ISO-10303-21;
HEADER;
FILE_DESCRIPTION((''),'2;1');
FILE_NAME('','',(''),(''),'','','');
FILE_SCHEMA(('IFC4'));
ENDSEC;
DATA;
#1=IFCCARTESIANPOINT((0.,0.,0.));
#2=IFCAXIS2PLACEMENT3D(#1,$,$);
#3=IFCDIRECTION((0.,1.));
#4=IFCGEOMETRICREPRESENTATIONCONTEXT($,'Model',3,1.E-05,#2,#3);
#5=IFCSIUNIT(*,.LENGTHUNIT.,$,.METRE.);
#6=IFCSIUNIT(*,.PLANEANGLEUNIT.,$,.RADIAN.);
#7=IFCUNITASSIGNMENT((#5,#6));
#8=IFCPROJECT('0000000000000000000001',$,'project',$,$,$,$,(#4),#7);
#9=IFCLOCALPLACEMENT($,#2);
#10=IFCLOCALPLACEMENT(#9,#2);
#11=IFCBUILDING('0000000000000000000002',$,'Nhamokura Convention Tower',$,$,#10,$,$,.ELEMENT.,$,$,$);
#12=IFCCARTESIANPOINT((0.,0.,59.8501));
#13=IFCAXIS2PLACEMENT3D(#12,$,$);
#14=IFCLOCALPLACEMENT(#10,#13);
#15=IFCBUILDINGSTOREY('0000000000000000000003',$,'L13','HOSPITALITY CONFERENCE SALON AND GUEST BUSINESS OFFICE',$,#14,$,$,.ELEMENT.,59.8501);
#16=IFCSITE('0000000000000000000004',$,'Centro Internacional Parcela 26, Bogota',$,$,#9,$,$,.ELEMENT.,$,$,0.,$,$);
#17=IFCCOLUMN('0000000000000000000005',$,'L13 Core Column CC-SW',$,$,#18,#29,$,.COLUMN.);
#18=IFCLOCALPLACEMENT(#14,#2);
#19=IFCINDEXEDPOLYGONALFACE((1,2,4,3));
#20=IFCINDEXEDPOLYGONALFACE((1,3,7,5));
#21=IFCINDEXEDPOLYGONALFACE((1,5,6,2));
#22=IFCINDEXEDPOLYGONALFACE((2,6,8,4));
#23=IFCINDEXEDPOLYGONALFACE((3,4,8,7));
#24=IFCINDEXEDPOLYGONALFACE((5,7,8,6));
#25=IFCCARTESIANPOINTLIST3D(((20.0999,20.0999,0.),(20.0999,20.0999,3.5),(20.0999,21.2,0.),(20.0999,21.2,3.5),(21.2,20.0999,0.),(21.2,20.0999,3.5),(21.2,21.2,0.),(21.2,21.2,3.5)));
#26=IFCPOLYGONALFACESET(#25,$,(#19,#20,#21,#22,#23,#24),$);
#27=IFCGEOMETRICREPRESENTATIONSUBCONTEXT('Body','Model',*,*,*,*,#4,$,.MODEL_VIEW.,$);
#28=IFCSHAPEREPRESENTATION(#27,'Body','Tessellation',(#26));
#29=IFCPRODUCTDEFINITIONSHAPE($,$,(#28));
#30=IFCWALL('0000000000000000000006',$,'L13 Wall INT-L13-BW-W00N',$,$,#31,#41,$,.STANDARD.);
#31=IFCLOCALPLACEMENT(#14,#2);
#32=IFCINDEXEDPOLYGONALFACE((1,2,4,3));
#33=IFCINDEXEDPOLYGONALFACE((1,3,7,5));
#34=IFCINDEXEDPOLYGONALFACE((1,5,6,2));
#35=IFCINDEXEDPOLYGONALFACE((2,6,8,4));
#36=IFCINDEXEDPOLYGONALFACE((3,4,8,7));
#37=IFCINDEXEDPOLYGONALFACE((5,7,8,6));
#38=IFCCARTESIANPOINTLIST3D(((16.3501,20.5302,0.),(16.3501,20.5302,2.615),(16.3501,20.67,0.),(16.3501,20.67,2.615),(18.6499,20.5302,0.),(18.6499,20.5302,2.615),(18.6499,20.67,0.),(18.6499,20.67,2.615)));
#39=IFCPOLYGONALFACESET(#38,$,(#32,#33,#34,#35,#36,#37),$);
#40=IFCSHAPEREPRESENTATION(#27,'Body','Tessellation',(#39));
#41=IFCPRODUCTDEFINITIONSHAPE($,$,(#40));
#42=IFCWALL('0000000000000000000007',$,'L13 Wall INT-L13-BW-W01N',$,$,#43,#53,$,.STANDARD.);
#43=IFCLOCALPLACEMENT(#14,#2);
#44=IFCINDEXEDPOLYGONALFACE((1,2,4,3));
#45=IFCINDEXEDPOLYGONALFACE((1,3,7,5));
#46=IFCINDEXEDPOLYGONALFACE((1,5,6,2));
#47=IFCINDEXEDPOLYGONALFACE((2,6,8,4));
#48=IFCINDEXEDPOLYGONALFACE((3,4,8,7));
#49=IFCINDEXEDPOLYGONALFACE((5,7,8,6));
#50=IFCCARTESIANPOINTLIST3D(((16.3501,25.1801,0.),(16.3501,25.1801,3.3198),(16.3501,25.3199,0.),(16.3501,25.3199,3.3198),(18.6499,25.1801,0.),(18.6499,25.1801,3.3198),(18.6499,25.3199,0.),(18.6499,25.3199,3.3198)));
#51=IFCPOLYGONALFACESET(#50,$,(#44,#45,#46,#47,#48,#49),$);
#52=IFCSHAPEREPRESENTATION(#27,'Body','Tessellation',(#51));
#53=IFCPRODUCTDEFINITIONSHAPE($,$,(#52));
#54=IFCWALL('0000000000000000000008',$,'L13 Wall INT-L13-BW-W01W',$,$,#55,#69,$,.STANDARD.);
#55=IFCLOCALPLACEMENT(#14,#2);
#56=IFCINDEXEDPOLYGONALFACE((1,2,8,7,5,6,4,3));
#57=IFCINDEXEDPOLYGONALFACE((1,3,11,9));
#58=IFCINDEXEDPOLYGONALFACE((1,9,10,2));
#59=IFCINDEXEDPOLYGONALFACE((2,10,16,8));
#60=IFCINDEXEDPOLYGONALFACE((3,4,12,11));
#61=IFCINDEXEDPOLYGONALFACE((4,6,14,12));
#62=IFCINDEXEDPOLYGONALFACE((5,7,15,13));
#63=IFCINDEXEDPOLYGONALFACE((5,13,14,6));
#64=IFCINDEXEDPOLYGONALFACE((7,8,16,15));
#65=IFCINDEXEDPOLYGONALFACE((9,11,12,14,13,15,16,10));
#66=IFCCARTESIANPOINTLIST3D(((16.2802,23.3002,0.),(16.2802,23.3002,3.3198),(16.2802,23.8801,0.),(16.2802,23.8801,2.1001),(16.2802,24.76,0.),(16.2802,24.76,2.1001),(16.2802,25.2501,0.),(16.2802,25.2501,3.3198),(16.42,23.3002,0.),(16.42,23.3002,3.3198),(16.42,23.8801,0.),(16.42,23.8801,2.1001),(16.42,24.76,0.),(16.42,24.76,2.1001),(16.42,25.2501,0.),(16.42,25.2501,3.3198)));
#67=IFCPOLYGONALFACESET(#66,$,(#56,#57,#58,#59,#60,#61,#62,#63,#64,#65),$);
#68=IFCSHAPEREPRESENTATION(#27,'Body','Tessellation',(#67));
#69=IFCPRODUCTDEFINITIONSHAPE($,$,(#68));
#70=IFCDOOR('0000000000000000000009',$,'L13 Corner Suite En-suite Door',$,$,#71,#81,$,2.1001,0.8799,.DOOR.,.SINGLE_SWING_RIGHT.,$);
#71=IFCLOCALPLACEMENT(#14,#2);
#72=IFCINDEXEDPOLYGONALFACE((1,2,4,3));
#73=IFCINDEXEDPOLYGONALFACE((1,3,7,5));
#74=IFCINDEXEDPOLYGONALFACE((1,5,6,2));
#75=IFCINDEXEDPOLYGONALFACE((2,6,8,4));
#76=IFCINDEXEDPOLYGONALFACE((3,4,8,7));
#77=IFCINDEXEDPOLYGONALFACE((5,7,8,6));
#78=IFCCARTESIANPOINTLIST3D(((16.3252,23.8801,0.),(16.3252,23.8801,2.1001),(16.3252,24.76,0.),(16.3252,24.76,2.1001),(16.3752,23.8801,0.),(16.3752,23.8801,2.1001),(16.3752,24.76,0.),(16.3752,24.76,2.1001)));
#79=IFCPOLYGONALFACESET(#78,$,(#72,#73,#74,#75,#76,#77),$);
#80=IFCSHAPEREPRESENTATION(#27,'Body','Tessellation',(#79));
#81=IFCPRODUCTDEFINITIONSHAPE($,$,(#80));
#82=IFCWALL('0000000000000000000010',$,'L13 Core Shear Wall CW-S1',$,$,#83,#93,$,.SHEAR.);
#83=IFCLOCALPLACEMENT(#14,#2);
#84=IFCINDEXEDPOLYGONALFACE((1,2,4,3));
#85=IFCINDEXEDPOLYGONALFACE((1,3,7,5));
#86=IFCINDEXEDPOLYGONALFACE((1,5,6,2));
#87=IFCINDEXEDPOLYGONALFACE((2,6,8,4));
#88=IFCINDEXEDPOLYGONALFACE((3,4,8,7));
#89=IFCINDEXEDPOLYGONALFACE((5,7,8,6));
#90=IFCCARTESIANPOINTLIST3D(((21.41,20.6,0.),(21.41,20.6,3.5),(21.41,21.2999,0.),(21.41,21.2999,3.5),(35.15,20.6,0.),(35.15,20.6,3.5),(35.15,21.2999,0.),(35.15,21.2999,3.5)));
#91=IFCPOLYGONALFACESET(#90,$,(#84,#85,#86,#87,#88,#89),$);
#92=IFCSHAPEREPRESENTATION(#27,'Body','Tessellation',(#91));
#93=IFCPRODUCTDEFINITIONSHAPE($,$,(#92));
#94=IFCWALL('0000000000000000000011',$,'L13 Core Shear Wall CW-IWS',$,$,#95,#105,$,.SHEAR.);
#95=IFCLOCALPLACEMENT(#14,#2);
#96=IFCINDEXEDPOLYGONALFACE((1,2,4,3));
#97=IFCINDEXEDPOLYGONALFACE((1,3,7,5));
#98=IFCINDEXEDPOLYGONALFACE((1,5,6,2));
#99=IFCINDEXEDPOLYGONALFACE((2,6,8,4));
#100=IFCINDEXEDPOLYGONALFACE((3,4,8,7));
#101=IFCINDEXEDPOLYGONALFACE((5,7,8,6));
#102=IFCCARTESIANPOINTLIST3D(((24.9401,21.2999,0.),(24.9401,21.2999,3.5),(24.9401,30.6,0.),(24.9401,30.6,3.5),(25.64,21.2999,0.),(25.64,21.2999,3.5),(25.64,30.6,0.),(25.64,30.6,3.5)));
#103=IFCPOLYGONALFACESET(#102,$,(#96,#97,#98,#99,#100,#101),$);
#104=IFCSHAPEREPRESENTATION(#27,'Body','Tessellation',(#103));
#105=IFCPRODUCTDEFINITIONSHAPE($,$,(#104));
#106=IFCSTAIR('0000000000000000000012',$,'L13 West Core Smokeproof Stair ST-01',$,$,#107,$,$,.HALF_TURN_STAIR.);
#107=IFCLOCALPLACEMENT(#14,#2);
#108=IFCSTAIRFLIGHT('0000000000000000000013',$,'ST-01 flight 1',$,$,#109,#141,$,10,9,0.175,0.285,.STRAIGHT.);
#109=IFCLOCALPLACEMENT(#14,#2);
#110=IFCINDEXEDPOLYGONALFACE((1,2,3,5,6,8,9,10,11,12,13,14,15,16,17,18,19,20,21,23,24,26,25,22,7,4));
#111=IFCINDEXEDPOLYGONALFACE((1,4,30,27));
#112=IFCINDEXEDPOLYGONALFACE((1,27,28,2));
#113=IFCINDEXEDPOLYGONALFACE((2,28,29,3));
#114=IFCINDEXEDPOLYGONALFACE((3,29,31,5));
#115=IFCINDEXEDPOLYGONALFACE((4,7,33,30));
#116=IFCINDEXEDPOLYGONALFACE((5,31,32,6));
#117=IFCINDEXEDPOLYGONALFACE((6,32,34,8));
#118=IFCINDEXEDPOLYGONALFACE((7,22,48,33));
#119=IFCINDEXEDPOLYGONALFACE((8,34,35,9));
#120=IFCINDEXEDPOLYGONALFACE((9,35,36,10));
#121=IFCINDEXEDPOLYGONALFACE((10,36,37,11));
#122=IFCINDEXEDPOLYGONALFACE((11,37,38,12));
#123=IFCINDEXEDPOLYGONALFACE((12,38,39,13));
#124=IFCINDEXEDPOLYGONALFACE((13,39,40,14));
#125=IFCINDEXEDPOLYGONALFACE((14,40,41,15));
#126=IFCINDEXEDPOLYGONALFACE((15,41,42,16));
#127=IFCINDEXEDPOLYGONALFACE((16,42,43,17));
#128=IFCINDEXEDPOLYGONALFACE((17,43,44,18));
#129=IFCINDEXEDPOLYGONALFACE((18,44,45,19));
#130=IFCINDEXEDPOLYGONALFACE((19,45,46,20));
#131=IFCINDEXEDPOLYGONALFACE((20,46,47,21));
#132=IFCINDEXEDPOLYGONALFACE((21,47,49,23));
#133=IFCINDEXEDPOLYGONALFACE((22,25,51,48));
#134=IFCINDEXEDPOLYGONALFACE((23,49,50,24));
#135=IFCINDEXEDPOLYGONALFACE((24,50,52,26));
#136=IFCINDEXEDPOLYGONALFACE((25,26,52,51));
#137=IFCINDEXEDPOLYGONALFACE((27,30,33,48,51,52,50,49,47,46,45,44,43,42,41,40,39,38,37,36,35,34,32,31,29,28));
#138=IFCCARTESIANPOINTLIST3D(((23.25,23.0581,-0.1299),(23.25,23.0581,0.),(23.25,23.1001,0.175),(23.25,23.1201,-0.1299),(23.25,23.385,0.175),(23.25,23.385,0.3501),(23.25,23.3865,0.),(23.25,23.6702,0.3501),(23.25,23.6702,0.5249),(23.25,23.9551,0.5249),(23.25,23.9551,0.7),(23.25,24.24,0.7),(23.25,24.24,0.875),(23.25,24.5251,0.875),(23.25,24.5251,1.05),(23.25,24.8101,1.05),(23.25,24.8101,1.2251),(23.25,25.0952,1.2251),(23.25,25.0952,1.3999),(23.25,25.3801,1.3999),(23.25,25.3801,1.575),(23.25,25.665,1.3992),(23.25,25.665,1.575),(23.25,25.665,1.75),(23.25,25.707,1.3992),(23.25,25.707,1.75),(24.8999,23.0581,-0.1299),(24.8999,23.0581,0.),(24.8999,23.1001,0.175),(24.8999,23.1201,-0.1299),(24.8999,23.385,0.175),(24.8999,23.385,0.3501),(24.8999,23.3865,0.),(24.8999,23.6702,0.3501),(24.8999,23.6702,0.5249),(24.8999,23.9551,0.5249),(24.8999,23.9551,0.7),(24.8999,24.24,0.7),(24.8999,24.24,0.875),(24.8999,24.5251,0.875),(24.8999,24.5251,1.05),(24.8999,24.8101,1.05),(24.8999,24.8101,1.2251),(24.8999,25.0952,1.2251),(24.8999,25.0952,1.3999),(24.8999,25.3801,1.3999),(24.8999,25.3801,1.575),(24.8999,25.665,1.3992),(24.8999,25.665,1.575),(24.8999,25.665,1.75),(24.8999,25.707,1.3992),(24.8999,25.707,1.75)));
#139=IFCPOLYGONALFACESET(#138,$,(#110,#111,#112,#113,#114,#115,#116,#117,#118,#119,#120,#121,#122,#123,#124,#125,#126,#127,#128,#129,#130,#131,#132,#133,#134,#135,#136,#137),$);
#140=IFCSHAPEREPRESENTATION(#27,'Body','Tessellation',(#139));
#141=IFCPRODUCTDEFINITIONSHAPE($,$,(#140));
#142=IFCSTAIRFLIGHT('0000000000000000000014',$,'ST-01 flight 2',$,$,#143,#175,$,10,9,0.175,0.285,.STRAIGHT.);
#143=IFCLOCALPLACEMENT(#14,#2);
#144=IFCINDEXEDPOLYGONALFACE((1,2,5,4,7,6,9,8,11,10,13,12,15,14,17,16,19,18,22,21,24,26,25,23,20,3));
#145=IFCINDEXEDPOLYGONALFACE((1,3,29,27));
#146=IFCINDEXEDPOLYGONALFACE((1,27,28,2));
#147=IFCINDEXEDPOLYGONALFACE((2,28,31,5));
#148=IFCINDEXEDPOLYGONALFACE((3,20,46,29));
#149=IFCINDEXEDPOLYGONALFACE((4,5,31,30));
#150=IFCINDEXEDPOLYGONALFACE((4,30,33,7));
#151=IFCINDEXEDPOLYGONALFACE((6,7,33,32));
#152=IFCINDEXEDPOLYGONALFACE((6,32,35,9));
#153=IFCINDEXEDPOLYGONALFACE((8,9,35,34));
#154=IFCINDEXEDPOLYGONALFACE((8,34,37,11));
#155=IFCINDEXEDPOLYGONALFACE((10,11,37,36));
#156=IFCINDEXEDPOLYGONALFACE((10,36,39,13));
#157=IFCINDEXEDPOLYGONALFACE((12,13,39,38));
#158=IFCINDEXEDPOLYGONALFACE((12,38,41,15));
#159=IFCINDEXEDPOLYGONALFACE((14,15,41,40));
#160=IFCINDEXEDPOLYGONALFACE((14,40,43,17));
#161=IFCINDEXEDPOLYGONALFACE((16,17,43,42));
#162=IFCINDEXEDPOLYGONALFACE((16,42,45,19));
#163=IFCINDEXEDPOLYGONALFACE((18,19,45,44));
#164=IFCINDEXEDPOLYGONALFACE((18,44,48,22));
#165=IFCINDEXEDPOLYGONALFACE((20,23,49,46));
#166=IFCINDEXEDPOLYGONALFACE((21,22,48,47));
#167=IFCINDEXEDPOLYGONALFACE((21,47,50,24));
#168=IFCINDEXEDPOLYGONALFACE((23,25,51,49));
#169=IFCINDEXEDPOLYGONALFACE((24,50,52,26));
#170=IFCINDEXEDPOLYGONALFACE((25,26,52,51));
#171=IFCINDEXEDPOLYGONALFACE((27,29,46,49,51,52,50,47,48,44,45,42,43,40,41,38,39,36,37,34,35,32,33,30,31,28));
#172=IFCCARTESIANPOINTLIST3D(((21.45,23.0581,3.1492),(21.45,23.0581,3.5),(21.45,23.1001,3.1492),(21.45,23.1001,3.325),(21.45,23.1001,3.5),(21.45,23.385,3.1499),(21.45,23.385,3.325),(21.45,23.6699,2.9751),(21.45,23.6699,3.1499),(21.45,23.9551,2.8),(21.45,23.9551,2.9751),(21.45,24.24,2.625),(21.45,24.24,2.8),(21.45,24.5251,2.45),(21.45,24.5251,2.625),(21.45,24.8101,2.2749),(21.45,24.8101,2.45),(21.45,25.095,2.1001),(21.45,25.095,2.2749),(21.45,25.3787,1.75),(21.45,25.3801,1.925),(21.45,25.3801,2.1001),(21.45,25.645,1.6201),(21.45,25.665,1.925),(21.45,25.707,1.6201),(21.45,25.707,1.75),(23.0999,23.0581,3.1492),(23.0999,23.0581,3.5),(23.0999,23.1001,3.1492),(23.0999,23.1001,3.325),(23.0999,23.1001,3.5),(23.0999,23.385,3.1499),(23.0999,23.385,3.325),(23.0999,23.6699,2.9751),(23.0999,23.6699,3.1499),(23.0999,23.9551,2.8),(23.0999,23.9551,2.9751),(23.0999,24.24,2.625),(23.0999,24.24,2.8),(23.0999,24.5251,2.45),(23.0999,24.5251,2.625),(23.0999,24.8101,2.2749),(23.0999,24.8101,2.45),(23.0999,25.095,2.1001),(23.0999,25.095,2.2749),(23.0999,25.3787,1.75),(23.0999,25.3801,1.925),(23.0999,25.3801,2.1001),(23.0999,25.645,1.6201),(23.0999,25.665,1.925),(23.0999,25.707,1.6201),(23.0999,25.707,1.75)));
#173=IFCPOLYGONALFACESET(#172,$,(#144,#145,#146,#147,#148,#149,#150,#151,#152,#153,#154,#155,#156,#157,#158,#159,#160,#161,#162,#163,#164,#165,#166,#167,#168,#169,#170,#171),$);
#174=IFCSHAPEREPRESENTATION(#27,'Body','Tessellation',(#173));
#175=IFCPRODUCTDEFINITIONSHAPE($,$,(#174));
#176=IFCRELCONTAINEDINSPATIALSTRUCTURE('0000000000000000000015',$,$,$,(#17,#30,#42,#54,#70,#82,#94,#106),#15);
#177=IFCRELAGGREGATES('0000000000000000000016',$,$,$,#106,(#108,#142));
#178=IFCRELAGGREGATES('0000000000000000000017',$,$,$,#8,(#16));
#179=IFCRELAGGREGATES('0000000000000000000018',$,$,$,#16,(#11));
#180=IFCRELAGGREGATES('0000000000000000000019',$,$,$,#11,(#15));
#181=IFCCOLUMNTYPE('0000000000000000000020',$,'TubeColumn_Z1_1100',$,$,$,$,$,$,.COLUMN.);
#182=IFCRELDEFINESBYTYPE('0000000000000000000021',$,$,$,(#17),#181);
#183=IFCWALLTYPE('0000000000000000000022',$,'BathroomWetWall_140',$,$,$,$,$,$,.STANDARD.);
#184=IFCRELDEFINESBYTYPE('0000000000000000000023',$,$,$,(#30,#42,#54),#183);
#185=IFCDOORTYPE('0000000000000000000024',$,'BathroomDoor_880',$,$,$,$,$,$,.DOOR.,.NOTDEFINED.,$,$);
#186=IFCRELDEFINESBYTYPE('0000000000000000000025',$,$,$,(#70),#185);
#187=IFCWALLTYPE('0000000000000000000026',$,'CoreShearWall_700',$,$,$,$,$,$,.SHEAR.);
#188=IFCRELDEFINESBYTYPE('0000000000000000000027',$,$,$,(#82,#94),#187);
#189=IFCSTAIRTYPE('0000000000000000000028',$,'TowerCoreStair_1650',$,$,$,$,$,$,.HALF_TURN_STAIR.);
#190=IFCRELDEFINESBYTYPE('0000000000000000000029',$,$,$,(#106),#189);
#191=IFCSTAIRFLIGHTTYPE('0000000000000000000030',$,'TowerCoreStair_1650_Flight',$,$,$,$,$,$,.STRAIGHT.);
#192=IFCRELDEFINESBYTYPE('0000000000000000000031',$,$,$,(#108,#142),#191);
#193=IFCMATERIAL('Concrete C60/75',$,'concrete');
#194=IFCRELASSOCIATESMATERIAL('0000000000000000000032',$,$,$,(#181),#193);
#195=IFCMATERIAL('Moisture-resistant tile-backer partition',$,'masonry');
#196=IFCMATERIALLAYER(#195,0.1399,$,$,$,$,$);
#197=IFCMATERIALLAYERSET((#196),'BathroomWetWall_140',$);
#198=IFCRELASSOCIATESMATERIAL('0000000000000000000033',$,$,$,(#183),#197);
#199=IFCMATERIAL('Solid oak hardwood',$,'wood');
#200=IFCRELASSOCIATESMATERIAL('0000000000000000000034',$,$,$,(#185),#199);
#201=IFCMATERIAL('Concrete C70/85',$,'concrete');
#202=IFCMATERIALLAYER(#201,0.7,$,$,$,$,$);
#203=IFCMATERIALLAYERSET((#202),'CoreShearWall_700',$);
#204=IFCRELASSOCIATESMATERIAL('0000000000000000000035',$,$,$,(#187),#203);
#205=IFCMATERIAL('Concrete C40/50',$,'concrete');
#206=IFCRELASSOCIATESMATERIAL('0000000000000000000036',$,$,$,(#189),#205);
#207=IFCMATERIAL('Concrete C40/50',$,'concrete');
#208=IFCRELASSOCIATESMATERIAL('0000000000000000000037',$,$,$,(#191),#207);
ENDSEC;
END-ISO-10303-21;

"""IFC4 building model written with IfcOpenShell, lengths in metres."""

from ifc_helpers import new_model, si_unit, direction, frame, frame_2d, origin, origin_2d, place, context, subcontext, project, spatial, polyline, rectangle, outline, extrude, material, layer, layer_set, material_profile, profile_set, type_object, element, fill, aggregate, save


model = new_model("IFC4")

# Units and contexts
model_context = context("Model", 3, precision=1e-05, world=origin(), true_north=direction((0.0, 1.0)))
body_context = subcontext(model_context, "Body", "Model", "MODEL_VIEW")
ifc_project = project(units=[si_unit("LENGTHUNIT", "METRE"), si_unit("PLANEANGLEUNIT", "RADIAN")], contexts=[model_context])

# Site, building, storey
site_placement = place(None, origin())
site = spatial("IfcSite", under=ifc_project, at=site_placement, Name="Centro Internacional Parcela 26, Bogota", CompositionType="ELEMENT", RefElevation=0.0)
building_placement = place(site_placement, origin())
building = spatial("IfcBuilding", under=site, at=building_placement, Name="Nhamokura Convention Tower", CompositionType="ELEMENT")
storey_placement = place(building_placement, frame((0.0, 0.0, 59.8501)))
storey = spatial("IfcBuildingStorey", under=building, at=storey_placement, Name="L13", Description="HOSPITALITY CONFERENCE SALON AND GUEST BUSINESS OFFICE", CompositionType="ELEMENT", Elevation=59.8501)

# Column
ifc_material_1 = material(Name="Concrete C60/75", Category="concrete")
ifc_material_profile = material_profile(ifc_material_1, rectangle(XDim=1.1001, YDim=1.1001, at=origin_2d()))
ifc_profile_set = profile_set([ifc_material_profile], Name="Concrete C60/75")
column_type = type_object("IfcColumnType", Name="TubeColumn_Z1_1100", PredefinedType="COLUMN", material=ifc_profile_set)
column_placement = place(storey_placement, frame((20.6499, 20.6499, 0.0), z_axis=(0.0, 0.0, 1.0), x_axis=(1.0, 0.0, 0.0)))
element("IfcColumn", 1, at=column_placement, inside=storey, type_object=column_type, Name="L13 Core Column CC-SW", PredefinedType="COLUMN", context=body_context, shape_type="SweptSolid", body=[
    extrude(rectangle(XDim=1.1001, YDim=1.1001, at=origin_2d()), origin(), (0.0, 0.0, 1.0), 3.5),
])

# Walls
ifc_material_2 = material(Name="Moisture-resistant tile-backer partition", Category="masonry")
ifc_layer_1 = layer(ifc_material_2, 0.1399)
ifc_layer_set_1 = layer_set([ifc_layer_1], Name="BathroomWetWall_140")
wall_type_1 = type_object("IfcWallType", Name="BathroomWetWall_140", PredefinedType="STANDARD", material=ifc_layer_set_1)
wall_1_placement = place(storey_placement, frame((16.3501, 20.6001, 0.0), z_axis=(0.0, 0.0, 1.0), x_axis=(1.0, 0.0, 0.0)))
element("IfcWall", 2, at=wall_1_placement, inside=storey, type_object=wall_type_1, Name="L13 Wall INT-L13-BW-W00N", PredefinedType="STANDARD", context=body_context, shape_type="SweptSolid", body=[
    extrude(rectangle(XDim=2.2998, YDim=0.1399, at=frame_2d((1.1499, 0.0))), origin(), (0.0, 0.0, 1.0), 2.615),
])
wall_2_placement = place(storey_placement, frame((16.3501, 25.25, 0.0), z_axis=(0.0, 0.0, 1.0), x_axis=(1.0, 0.0, 0.0)))
element("IfcWall", 3, at=wall_2_placement, inside=storey, type_object=wall_type_1, Name="L13 Wall INT-L13-BW-W01N", PredefinedType="STANDARD", context=body_context, shape_type="SweptSolid", body=[
    extrude(rectangle(XDim=2.2998, YDim=0.1399, at=frame_2d((1.1499, 0.0))), origin(), (0.0, 0.0, 1.0), 3.3198),
])

# Wall, opening, door
wall_3_placement = place(storey_placement, frame((16.3501, 23.3, 0.0), z_axis=(0.0, 0.0, 1.0), x_axis=(0.0, 1.0, 0.0)))
wall_3 = element("IfcWall", 4, at=wall_3_placement, inside=storey, type_object=wall_type_1, Name="L13 Wall INT-L13-BW-W01W", PredefinedType="STANDARD", context=body_context, shape_type="SweptSolid", body=[
    extrude(rectangle(XDim=1.95, YDim=0.1399, at=frame_2d((0.9751, 0.0))), origin(), (0.0, 0.0, 1.0), 3.3198),
])
opening_1_placement = place(wall_3_placement, frame((0.5801, 0.0, 0.0)))
opening_1 = element("IfcOpeningElement", 5, at=opening_1_placement, cuts=wall_3, PredefinedType="OPENING", context=body_context, shape_type="SweptSolid", body=[
    extrude(rectangle(XDim=0.8799, YDim=2.1001, at=frame_2d((0.4399, 1.05))), frame((0.0, 0.0798, 0.0), z_axis=(0.0, -1.0, 0.0), x_axis=(1.0, 0.0, 0.0)), (0.0, 0.0, 1.0), 0.1599),
])
ifc_material_3 = material(Name="Solid oak hardwood", Category="wood")
door_type_1 = type_object("IfcDoorType", Name="BathroomDoor_880", OperationType="NOTDEFINED", PredefinedType="DOOR", material=ifc_material_3)
door_1_placement = place(opening_1_placement, origin())
door_1 = element("IfcDoor", 6, at=door_1_placement, inside=storey, type_object=door_type_1, Name="L13 Corner Suite En-suite Door", OperationType="SINGLE_SWING_RIGHT", OverallHeight=2.1001, OverallWidth=0.8799, PredefinedType="DOOR", context=body_context, shape_type="SweptSolid", body=[
    extrude(rectangle(XDim=0.8799, YDim=2.1001, at=frame_2d((0.4399, 1.05))), frame((0.0, 0.0249, 0.0), z_axis=(0.0, -1.0, 0.0), x_axis=(1.0, 0.0, 0.0)), (0.0, 0.0, 1.0), 0.05),
])
fill(opening_1, door_1)
ifc_material_4 = material(Name="Concrete C70/85", Category="concrete")
ifc_layer_2 = layer(ifc_material_4, 0.7)
ifc_layer_set_2 = layer_set([ifc_layer_2], Name="CoreShearWall_700")
wall_type_2 = type_object("IfcWallType", Name="CoreShearWall_700", PredefinedType="SHEAR", material=ifc_layer_set_2)

# Walls
wall_4_placement = place(storey_placement, frame((21.4099, 20.95, 0.0), z_axis=(0.0, 0.0, 1.0), x_axis=(1.0, 0.0, 0.0)))
element("IfcWall", 7, at=wall_4_placement, inside=storey, type_object=wall_type_2, Name="L13 Core Shear Wall CW-S1", PredefinedType="SHEAR", context=body_context, shape_type="SweptSolid", body=[
    extrude(rectangle(XDim=13.74, YDim=0.7, at=frame_2d((6.8701, 0.0))), origin(), (0.0, 0.0, 1.0), 3.5),
])
wall_5_placement = place(storey_placement, frame((25.29, 21.3, 0.0), z_axis=(0.0, 0.0, 1.0), x_axis=(0.0, 1.0, 0.0)))
element("IfcWall", 8, at=wall_5_placement, inside=storey, type_object=wall_type_2, Name="L13 Core Shear Wall CW-IWS", PredefinedType="SHEAR", context=body_context, shape_type="SweptSolid", body=[
    extrude(rectangle(XDim=9.3, YDim=0.7, at=frame_2d((4.6499, 0.0))), origin(), (0.0, 0.0, 1.0), 3.5),
])

# Stair, stair flights
ifc_material_5 = material(Name="Concrete C40/50", Category="concrete")
stair_type = type_object("IfcStairType", Name="TowerCoreStair_1650", PredefinedType="HALF_TURN_STAIR", material=ifc_material_5)
stair_placement = place(storey_placement, origin())
stair = element("IfcStair", 9, at=stair_placement, inside=storey, type_object=stair_type, Name="L13 West Core Smokeproof Stair ST-01", PredefinedType="HALF_TURN_STAIR")
ifc_material_6 = material(Name="Concrete C40/50", Category="concrete")
stair_flight_type = type_object("IfcStairFlightType", Name="TowerCoreStair_1650_Flight", PredefinedType="STRAIGHT", material=ifc_material_6)
stair_flight_1_placement = place(storey_placement, frame((24.075, 23.1001, 0.0), z_axis=(0.0, 0.0, 1.0), x_axis=(0.0, 1.0, 0.0)))
stair_flight_1 = element("IfcStairFlight", 10, at=stair_flight_1_placement, type_object=stair_flight_type, Name="ST-01 flight 1", NumberOfRisers=10, NumberOfTreads=9, PredefinedType="STRAIGHT", RiserHeight=0.175, TreadLength=0.285, context=body_context, shape_type="SweptSolid", body=[
    extrude(outline(polyline([(-0.042, 0.0), (0.0, 0.175), (0.2849, 0.175), (0.2849, 0.3501), (0.5701, 0.3501), (0.5701, 0.5249), (0.855, 0.5249), (0.855, 0.7), (1.1399, 0.7), (1.1399, 0.875), (1.425, 0.875), (1.425, 1.05), (1.71, 1.05), (1.71, 1.2251), (1.9951, 1.2251), (1.9951, 1.3999), (2.28, 1.3999), (2.28, 1.575), (2.5649, 1.575), (2.5649, 1.75), (2.6069, 1.75), (2.6069, 1.3992), (2.5649, 1.3992), (0.2864, 0.0), (0.02, -0.1299), (-0.042, -0.1299), (-0.042, 0.0)])), frame((0.0, 0.825, 0.0), z_axis=(0.0, -1.0, 0.0), x_axis=(1.0, 0.0, 0.0)), (0.0, 0.0, 1.0), 1.6499),
])
stair_flight_2_placement = place(storey_placement, frame((22.2749, 25.665, 1.75), z_axis=(0.0, 0.0, 1.0), x_axis=(0.0, -1.0, 0.0)))
stair_flight_2 = element("IfcStairFlight", 11, at=stair_flight_2_placement, type_object=stair_flight_type, Name="ST-01 flight 2", NumberOfRisers=10, NumberOfTreads=9, PredefinedType="STRAIGHT", RiserHeight=0.175, TreadLength=0.285, context=body_context, shape_type="SweptSolid", body=[
    extrude(outline(polyline([(-0.042, 0.0), (0.0, 0.175), (0.2849, 0.175), (0.2849, 0.3501), (0.5701, 0.3501), (0.5701, 0.5249), (0.855, 0.5249), (0.855, 0.7), (1.1399, 0.7), (1.1399, 0.875), (1.425, 0.875), (1.425, 1.05), (1.71, 1.05), (1.71, 1.2251), (1.9951, 1.2251), (1.9951, 1.3999), (2.28, 1.3999), (2.28, 1.575), (2.5649, 1.575), (2.5649, 1.75), (2.6069, 1.75), (2.6069, 1.3992), (2.5649, 1.3992), (0.2864, 0.0), (0.02, -0.1299), (-0.042, -0.1299), (-0.042, 0.0)])), frame((0.0, 0.825, 0.0), z_axis=(0.0, -1.0, 0.0), x_axis=(1.0, 0.0, 0.0)), (0.0, 0.0, 1.0), 1.6499),
])
aggregate(stair, [stair_flight_1, stair_flight_2])

save(model, "model.ifc")
